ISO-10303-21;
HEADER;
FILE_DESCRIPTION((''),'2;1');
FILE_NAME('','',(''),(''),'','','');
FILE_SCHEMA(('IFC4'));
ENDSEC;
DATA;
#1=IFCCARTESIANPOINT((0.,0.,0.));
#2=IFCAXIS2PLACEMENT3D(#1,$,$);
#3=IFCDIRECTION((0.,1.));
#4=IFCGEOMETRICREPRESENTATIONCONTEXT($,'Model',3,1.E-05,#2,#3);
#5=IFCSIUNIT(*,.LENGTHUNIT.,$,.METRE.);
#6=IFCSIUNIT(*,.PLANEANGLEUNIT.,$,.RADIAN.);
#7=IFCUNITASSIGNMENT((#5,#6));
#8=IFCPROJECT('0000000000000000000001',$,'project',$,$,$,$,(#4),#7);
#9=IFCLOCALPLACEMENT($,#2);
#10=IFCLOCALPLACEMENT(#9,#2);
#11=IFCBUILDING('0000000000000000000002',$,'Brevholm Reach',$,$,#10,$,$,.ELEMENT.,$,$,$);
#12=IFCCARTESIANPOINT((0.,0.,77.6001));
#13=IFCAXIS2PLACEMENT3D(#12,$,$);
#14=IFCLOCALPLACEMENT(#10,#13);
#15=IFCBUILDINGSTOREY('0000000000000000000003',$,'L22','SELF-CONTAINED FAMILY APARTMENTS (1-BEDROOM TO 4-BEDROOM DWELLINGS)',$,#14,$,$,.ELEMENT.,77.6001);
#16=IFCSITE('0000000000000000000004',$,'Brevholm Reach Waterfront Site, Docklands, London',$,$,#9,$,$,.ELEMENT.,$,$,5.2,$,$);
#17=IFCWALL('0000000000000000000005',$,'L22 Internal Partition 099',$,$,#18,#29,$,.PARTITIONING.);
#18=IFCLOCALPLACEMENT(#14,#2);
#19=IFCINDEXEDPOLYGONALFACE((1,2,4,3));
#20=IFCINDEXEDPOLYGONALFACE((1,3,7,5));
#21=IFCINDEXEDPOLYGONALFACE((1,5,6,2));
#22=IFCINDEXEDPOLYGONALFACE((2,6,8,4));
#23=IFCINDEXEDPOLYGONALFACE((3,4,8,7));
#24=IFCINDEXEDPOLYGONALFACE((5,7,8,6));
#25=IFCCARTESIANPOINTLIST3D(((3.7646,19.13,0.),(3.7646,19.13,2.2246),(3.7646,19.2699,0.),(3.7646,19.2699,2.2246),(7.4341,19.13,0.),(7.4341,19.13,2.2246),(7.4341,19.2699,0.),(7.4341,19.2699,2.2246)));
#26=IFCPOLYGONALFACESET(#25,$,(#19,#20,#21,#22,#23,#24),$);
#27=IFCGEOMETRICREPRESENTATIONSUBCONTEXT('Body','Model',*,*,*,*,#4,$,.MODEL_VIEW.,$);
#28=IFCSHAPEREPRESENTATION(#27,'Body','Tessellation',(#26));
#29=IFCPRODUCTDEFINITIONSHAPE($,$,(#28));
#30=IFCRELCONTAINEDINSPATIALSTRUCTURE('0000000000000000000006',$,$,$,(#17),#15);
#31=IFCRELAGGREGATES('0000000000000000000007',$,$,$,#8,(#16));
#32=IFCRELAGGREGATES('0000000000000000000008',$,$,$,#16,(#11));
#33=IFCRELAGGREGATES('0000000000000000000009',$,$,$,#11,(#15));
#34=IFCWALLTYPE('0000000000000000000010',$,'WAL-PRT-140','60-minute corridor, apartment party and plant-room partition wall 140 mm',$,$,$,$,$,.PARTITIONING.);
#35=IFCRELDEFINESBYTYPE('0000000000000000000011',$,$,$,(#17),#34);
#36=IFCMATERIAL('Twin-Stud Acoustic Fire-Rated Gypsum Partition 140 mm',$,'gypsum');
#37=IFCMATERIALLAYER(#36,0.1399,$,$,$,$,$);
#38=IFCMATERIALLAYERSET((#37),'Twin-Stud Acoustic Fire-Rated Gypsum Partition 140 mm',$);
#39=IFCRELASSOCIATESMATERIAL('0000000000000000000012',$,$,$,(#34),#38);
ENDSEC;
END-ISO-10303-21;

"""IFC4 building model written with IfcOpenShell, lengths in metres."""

from ifc_helpers import new_model, si_unit, direction, frame, frame_2d, origin, place, context, subcontext, project, spatial, rectangle, extrude, material, layer, layer_set, type_object, element, save


model = new_model("IFC4")

# Units and contexts
model_context = context("Model", 3, precision=1e-05, world=origin(), true_north=direction((0.0, 1.0)))
body_context = subcontext(model_context, "Body", "Model", "MODEL_VIEW")
ifc_project = project(units=[si_unit("LENGTHUNIT", "METRE"), si_unit("PLANEANGLEUNIT", "RADIAN")], contexts=[model_context])

# Site, building, storey
site_placement = place(None, origin())
site = spatial("IfcSite", under=ifc_project, at=site_placement, Name="Brevholm Reach Waterfront Site, Docklands, London", CompositionType="ELEMENT", RefElevation=5.2)
building_placement = place(site_placement, origin())
building = spatial("IfcBuilding", under=site, at=building_placement, Name="Brevholm Reach", CompositionType="ELEMENT")
storey_placement = place(building_placement, frame((0.0, 0.0, 77.6001)))
storey = spatial("IfcBuildingStorey", under=building, at=storey_placement, Name="L22", Description="SELF-CONTAINED FAMILY APARTMENTS (1-BEDROOM TO 4-BEDROOM DWELLINGS)", CompositionType="ELEMENT", Elevation=77.6001)

# Wall
ifc_material_1 = material(Name="Twin-Stud Acoustic Fire-Rated Gypsum Partition 140 mm", Category="gypsum")
ifc_layer_1 = layer(ifc_material_1, 0.1399)
ifc_layer_set_1 = layer_set([ifc_layer_1], Name="Twin-Stud Acoustic Fire-Rated Gypsum Partition 140 mm")
wall_type_1 = type_object("IfcWallType", Name="WAL-PRT-140", Description="60-minute corridor, apartment party and plant-room partition wall 140 mm", PredefinedType="PARTITIONING", material=ifc_layer_set_1)
wall_1_placement = place(storey_placement, frame((3.7646, 19.2, 0.0), z_axis=(0.0, 0.0, 1.0), x_axis=(1.0, 0.0, 0.0)))
element("IfcWall", 1, at=wall_1_placement, inside=storey, type_object=wall_type_1, Name="L22 Internal Partition 099", PredefinedType="PARTITIONING", context=body_context, shape_type="SweptSolid", body=[
    extrude(rectangle(XDim=3.6694, YDim=0.1399, at=frame_2d((1.8347, 0.0))), origin(), (0.0, 0.0, 1.0), 2.2246),
])

save(model, "model.ifc")
